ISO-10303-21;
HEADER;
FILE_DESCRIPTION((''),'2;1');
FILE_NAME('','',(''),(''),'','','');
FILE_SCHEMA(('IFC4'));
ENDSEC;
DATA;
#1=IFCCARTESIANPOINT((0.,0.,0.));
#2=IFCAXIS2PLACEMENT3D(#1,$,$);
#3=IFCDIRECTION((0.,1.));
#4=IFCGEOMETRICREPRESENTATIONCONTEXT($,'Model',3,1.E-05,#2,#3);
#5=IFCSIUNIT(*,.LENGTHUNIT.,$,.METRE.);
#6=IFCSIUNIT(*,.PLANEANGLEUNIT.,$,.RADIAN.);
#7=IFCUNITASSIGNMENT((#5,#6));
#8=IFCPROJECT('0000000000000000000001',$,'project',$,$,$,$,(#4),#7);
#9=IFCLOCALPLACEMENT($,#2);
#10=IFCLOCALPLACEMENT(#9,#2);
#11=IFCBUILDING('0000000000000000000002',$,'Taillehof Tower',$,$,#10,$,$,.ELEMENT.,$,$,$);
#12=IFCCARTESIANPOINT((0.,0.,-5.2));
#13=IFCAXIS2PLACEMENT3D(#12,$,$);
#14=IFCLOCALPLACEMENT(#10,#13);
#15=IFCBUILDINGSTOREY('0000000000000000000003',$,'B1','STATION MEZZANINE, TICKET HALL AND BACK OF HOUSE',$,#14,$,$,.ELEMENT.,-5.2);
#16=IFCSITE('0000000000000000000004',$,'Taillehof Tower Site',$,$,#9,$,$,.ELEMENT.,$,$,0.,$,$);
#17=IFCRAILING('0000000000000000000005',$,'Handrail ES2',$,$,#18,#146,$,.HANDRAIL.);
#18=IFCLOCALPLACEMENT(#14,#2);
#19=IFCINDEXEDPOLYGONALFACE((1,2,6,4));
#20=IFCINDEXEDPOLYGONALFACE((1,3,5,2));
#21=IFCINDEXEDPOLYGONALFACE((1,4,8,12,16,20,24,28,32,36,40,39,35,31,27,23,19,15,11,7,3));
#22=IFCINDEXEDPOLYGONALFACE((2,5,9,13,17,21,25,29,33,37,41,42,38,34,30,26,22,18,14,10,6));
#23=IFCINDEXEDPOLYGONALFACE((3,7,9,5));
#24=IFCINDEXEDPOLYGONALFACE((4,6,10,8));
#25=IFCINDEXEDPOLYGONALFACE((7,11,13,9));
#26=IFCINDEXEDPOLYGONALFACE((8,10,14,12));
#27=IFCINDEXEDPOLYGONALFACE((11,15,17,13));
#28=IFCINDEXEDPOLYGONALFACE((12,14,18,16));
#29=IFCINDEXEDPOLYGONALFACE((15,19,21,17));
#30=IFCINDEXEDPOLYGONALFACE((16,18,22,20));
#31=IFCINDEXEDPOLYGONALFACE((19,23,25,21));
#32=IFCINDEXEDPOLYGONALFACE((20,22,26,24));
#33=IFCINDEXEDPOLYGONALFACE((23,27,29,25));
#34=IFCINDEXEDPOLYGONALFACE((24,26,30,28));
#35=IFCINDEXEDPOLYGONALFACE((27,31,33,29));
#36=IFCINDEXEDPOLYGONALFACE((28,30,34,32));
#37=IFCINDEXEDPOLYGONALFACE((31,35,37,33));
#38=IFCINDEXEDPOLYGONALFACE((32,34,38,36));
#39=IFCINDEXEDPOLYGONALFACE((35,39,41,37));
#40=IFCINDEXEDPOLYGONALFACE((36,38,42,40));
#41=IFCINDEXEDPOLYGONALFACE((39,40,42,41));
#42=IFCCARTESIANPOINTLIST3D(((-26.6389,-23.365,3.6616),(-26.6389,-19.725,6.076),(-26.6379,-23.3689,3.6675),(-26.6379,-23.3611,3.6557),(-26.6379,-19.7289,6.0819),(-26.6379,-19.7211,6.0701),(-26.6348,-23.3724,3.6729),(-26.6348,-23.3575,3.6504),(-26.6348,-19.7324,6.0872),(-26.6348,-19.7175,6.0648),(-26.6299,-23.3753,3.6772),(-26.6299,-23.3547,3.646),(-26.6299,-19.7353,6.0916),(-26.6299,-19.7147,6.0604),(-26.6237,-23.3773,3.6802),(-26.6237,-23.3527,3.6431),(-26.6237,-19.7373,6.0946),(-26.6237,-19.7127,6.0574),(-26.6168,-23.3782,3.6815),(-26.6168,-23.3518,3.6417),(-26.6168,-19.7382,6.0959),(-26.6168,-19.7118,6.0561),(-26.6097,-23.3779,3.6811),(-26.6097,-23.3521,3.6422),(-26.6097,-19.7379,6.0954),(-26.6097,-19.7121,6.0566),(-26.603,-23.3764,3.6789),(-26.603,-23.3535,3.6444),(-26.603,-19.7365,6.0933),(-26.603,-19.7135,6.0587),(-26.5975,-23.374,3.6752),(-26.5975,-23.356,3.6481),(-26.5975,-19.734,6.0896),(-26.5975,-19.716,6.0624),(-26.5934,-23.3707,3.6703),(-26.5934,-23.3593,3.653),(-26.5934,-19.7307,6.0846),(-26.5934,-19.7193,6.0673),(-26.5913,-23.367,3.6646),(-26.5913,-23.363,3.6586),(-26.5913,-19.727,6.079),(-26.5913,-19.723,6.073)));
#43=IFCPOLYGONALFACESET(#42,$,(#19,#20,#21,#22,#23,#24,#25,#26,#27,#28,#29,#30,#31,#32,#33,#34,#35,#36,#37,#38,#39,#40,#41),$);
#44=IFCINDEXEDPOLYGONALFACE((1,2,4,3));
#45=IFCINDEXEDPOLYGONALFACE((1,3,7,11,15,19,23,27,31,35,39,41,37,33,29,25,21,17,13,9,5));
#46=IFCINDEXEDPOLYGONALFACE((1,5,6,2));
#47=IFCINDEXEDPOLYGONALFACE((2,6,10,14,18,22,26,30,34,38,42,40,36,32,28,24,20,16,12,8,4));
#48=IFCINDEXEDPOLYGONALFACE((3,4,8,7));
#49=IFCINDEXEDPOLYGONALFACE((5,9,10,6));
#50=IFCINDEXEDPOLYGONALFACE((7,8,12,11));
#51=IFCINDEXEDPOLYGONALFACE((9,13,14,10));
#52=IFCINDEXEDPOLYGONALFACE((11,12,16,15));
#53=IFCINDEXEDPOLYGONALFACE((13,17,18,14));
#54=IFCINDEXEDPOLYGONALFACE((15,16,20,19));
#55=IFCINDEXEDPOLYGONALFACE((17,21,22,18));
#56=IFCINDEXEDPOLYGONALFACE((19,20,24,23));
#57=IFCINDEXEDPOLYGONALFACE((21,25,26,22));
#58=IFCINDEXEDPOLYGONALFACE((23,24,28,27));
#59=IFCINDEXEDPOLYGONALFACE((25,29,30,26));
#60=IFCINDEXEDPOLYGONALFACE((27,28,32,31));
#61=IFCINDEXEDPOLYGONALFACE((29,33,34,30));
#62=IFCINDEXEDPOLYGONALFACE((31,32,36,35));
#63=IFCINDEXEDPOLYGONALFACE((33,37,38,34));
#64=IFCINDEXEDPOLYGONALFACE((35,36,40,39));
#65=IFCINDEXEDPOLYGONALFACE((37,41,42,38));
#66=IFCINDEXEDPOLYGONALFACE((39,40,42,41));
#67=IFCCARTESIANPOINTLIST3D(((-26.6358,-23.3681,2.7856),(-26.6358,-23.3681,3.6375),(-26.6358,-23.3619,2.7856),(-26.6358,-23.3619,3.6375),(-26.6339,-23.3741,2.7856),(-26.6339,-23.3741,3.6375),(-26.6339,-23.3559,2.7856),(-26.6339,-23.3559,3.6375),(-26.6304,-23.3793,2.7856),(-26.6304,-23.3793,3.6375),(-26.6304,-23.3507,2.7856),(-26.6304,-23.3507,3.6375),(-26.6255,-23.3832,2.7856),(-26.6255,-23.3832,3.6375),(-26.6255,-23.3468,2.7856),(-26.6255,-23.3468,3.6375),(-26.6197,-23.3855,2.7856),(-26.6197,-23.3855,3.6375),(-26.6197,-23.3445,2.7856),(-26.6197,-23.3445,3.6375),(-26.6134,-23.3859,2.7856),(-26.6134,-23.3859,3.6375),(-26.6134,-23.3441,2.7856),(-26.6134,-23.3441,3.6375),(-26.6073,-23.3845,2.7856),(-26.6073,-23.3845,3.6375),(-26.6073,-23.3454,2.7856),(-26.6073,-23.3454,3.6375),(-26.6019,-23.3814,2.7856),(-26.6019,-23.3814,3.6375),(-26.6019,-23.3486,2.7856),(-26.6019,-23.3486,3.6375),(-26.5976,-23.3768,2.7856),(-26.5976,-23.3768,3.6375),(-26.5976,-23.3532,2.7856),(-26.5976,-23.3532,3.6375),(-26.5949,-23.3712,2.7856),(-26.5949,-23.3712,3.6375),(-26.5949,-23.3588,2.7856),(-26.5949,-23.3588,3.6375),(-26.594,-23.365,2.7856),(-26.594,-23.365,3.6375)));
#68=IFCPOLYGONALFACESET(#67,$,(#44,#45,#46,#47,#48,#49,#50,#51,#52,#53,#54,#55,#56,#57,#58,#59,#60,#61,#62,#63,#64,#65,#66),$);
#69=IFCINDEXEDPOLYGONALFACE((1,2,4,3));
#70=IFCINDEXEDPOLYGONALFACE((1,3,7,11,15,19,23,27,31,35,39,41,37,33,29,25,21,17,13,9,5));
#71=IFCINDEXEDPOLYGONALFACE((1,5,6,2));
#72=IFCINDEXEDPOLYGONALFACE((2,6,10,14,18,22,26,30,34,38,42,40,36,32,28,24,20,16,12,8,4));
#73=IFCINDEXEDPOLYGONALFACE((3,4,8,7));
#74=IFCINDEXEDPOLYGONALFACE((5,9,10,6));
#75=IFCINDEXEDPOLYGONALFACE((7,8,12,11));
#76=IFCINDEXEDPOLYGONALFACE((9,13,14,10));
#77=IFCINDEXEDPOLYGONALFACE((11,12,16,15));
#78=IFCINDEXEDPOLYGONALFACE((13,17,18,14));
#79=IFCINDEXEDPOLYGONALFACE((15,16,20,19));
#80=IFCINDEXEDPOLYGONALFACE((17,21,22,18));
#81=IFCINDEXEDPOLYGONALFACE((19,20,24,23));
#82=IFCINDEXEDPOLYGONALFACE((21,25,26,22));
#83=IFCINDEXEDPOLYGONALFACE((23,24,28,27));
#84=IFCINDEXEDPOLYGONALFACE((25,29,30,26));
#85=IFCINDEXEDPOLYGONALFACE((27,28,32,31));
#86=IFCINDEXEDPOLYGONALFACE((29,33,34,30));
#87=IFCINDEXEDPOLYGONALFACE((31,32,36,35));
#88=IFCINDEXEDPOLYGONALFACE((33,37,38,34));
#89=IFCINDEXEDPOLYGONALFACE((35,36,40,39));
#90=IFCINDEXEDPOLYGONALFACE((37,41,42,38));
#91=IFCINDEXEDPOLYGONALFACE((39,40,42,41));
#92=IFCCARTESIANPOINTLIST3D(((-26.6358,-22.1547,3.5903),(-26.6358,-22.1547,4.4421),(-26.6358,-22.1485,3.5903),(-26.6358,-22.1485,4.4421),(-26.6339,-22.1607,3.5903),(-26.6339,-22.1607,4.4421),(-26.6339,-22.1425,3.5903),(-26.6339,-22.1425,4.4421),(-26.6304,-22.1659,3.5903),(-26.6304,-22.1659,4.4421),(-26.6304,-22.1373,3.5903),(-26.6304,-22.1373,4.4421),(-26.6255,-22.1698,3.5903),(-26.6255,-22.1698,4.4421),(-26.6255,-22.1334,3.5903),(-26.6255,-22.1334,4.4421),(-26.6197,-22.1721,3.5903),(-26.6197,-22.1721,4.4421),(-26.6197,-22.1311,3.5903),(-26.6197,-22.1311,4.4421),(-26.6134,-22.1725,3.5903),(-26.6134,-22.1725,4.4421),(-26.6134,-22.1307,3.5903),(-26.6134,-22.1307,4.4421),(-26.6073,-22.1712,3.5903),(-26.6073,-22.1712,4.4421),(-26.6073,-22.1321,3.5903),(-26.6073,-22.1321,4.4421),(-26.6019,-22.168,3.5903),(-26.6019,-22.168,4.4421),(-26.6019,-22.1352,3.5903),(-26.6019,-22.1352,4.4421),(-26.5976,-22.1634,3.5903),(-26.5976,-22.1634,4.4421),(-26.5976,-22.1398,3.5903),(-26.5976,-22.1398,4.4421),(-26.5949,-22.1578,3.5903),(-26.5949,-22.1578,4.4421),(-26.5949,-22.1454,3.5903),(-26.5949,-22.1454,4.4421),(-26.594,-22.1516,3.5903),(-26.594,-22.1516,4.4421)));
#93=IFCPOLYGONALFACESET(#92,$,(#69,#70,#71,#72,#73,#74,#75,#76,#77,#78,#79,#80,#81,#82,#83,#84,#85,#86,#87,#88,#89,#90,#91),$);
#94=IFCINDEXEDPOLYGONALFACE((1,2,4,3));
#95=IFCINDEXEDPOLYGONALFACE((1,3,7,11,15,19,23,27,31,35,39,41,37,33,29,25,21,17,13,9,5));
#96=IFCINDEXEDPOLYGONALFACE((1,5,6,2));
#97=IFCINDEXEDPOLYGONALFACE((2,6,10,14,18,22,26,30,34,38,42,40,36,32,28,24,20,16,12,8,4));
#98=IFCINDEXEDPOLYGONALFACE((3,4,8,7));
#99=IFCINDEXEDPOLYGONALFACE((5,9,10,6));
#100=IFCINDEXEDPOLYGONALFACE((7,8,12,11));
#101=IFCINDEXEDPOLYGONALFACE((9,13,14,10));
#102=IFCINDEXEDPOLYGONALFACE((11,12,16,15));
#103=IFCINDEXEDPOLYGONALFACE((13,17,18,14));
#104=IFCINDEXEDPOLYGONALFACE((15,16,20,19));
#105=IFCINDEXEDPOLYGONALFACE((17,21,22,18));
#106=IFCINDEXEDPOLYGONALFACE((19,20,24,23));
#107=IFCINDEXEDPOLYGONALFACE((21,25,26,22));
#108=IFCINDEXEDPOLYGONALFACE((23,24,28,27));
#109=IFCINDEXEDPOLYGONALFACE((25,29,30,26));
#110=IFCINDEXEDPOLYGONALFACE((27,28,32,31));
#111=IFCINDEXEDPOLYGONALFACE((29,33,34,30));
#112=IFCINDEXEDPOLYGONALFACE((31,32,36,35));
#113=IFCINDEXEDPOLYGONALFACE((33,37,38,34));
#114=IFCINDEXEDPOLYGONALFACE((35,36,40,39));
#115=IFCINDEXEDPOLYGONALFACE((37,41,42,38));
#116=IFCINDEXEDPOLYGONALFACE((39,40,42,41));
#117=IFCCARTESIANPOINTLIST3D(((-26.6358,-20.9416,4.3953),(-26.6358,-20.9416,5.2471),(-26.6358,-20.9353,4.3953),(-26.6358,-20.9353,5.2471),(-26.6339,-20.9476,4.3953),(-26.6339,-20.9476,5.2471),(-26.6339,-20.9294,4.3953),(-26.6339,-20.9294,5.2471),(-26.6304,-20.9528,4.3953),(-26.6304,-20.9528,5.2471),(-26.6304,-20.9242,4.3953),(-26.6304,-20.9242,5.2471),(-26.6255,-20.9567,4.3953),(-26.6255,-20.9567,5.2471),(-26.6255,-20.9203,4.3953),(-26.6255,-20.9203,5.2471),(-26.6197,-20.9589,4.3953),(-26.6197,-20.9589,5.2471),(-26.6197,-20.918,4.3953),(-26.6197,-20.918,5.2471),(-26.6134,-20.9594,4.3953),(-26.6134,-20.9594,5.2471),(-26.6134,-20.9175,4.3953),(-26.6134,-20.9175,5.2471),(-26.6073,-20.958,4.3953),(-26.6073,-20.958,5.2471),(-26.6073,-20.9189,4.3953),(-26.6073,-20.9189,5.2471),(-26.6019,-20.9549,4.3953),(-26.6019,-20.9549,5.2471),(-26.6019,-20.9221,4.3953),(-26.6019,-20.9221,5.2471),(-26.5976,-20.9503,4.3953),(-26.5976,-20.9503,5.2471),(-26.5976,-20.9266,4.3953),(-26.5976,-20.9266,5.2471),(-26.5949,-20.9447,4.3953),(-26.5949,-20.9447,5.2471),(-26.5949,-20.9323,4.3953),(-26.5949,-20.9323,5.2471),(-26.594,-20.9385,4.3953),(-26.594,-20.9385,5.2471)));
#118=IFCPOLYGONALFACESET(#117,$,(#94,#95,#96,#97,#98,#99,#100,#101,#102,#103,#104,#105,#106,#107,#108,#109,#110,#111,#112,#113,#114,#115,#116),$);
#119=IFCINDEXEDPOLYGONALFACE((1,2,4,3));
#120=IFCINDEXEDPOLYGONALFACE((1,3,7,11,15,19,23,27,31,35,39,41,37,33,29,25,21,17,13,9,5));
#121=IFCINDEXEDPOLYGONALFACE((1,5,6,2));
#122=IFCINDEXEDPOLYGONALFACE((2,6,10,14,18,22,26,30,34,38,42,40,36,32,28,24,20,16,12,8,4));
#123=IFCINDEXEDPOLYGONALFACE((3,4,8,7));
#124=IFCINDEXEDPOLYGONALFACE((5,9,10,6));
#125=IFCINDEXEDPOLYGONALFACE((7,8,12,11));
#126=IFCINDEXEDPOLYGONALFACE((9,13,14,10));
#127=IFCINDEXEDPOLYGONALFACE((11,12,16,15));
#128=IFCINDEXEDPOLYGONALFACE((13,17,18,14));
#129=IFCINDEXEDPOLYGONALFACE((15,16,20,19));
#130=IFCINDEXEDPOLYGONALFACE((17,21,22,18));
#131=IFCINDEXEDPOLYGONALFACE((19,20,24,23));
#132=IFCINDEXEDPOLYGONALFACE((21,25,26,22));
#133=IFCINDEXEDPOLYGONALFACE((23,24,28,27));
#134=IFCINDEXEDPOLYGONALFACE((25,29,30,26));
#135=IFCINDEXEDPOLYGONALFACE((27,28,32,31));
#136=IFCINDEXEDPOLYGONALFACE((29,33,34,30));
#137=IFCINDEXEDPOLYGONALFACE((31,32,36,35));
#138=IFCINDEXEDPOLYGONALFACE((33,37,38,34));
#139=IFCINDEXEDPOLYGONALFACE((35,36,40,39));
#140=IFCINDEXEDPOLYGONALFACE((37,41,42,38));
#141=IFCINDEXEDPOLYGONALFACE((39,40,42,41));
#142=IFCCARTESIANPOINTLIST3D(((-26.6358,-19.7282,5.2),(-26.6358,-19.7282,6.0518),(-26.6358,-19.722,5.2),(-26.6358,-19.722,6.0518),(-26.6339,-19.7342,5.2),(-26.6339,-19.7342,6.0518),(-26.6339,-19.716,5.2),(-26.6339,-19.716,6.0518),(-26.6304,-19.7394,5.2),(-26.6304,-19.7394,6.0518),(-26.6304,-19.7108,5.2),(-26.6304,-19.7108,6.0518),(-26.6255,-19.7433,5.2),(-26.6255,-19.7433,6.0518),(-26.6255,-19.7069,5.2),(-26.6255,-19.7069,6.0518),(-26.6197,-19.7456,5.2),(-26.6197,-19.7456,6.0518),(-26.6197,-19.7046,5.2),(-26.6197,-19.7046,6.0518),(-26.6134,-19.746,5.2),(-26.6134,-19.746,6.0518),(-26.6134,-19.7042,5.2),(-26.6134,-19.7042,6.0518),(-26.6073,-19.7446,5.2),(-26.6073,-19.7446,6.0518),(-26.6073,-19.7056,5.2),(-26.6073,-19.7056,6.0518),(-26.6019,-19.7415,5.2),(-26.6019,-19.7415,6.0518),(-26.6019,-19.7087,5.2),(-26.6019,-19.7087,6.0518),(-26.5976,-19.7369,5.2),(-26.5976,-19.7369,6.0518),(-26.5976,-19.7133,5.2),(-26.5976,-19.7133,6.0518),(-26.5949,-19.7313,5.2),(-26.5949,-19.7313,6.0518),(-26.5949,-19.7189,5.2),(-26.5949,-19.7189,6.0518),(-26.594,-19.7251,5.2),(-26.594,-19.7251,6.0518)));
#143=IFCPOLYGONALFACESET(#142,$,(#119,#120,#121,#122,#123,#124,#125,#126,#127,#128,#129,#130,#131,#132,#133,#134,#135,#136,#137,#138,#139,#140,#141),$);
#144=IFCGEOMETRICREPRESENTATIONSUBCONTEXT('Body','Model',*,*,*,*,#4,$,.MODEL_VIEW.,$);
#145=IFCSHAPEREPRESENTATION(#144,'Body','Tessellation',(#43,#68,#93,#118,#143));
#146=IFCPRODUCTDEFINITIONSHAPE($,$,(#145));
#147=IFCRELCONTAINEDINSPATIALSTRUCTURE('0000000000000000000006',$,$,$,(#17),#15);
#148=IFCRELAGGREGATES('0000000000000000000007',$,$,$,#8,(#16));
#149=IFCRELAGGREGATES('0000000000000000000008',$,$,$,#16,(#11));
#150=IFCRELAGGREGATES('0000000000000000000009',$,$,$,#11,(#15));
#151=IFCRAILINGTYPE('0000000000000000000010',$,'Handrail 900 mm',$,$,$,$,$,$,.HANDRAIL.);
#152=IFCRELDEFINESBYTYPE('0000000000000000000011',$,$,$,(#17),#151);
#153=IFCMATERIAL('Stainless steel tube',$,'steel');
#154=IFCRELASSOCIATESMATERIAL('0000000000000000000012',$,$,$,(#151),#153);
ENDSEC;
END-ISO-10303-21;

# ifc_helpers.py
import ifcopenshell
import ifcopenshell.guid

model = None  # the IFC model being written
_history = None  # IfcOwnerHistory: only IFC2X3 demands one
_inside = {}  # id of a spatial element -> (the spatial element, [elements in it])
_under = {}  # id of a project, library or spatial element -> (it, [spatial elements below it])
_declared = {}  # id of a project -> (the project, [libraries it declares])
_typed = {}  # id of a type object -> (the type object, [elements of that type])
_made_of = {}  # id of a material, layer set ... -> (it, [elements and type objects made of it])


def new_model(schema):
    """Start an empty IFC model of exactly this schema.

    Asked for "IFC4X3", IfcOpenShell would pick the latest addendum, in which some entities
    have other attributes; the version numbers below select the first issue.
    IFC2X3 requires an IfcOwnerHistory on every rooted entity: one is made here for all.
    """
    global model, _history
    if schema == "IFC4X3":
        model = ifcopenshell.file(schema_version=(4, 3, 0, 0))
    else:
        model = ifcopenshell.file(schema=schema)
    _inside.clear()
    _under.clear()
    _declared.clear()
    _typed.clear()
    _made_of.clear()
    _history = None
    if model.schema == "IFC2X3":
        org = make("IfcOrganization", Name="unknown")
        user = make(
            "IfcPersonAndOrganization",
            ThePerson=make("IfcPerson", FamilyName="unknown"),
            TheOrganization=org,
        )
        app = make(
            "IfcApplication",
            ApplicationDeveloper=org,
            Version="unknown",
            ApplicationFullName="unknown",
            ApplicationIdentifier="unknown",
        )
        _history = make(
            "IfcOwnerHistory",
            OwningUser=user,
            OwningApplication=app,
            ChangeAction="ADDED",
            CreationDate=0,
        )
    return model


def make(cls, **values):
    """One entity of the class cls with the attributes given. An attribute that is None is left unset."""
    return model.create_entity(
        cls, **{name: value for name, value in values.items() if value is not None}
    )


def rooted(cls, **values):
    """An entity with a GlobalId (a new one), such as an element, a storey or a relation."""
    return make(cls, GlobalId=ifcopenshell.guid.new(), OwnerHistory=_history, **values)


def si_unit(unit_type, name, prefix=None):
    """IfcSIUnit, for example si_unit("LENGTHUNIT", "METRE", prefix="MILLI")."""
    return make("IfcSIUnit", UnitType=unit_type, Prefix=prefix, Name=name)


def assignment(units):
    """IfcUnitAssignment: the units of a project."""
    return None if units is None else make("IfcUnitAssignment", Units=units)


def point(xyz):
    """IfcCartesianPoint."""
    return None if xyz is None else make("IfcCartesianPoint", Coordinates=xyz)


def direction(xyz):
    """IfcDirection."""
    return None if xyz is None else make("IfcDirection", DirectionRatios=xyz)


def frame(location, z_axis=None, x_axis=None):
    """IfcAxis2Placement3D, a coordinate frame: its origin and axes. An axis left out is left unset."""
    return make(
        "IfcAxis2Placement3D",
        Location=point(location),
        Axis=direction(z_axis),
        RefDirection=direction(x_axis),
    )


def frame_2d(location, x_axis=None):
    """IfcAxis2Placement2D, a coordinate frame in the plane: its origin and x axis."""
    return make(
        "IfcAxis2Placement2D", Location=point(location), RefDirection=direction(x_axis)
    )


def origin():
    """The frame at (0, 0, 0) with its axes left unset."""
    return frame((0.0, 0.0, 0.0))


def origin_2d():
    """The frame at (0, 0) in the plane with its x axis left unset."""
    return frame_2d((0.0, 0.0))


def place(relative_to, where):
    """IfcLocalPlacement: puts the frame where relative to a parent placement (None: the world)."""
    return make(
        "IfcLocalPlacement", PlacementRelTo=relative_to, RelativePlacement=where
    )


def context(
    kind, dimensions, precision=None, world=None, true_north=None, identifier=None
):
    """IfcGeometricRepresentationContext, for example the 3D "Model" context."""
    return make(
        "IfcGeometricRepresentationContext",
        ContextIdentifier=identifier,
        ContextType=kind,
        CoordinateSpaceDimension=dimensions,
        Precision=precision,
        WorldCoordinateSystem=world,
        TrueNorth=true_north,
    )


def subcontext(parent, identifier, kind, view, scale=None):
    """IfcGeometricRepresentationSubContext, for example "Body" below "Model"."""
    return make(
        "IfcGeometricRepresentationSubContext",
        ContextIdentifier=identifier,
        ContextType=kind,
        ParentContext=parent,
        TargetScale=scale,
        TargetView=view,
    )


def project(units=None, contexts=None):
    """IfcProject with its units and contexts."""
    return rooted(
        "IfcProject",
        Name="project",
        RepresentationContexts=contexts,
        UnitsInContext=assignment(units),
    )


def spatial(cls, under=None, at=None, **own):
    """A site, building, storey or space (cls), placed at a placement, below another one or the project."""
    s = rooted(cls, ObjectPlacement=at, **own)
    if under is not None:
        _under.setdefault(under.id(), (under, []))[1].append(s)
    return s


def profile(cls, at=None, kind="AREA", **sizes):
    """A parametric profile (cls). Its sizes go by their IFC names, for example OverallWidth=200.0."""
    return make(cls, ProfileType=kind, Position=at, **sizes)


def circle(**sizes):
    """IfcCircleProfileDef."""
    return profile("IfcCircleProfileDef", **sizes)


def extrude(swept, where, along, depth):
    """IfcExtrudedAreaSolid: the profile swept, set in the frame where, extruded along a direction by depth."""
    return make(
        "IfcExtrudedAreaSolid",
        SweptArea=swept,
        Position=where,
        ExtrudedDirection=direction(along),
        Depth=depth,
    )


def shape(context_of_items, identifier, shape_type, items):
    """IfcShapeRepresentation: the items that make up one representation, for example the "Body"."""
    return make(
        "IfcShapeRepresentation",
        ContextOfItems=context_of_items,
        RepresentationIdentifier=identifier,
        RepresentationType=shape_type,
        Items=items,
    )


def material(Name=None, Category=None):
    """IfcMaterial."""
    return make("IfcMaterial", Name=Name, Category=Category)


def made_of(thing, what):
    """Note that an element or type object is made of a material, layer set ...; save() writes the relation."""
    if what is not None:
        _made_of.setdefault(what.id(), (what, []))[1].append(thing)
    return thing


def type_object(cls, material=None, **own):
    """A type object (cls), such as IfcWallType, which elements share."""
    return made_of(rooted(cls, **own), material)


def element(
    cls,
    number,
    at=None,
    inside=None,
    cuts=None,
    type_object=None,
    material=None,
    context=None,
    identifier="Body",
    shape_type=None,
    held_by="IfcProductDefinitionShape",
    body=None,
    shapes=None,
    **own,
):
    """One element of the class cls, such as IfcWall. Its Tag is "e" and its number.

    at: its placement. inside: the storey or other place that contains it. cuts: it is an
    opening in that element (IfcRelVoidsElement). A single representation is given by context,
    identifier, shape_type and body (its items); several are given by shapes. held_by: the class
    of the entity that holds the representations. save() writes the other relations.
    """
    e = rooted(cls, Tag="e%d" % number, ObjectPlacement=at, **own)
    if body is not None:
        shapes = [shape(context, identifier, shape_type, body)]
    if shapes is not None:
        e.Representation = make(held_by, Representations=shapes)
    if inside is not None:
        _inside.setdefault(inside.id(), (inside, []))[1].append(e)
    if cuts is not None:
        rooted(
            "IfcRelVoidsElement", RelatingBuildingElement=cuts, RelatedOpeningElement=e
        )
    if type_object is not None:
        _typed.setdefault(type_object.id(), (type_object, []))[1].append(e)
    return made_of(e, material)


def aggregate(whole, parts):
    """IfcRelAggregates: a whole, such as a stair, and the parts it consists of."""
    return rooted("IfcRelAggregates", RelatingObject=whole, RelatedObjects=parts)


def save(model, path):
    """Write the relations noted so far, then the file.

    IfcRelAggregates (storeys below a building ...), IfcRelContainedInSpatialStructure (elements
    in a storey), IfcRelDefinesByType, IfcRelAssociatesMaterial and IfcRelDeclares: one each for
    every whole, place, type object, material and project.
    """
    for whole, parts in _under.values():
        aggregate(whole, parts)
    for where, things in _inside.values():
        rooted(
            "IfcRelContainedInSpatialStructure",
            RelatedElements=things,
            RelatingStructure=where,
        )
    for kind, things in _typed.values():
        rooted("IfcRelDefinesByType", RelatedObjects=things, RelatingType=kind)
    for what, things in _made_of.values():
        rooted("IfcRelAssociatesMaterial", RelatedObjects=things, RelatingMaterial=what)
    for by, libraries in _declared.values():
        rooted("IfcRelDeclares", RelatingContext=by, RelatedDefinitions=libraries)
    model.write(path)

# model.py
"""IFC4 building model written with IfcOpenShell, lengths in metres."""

from ifc_helpers import new_model, si_unit, direction, frame, origin, origin_2d, place, context, subcontext, project, spatial, circle, extrude, material, type_object, element, save


model = new_model("IFC4")

# Units and contexts
model_context = context("Model", 3, precision=1e-05, world=origin(), true_north=direction((0.0, 1.0)))
body_context = subcontext(model_context, "Body", "Model", "MODEL_VIEW")
ifc_project = project(units=[si_unit("LENGTHUNIT", "METRE"), si_unit("PLANEANGLEUNIT", "RADIAN")], contexts=[model_context])

# Site, building, storey
site_placement = place(None, origin())
site = spatial("IfcSite", under=ifc_project, at=site_placement, Name="Taillehof Tower Site", CompositionType="ELEMENT", RefElevation=0.0)
building_placement = place(site_placement, origin())
building = spatial("IfcBuilding", under=site, at=building_placement, Name="Taillehof Tower", CompositionType="ELEMENT")
storey_placement = place(building_placement, frame((0.0, 0.0, -5.2)))
storey = spatial("IfcBuildingStorey", under=building, at=storey_placement, Name="B1", Description="STATION MEZZANINE, TICKET HALL AND BACK OF HOUSE", CompositionType="ELEMENT", Elevation=-5.2)

# Railing
ifc_material_1 = material(Name="Stainless steel tube", Category="steel")
railing_type_1 = type_object("IfcRailingType", Name="Handrail 900 mm", PredefinedType="HANDRAIL", material=ifc_material_1)
for number, where, name in (
    (1, (-26.615, -23.365, 2.7856), "Handrail ES2"),
):
    element("IfcRailing", number, at=place(storey_placement, frame(where)), inside=storey, type_object=railing_type_1, Name=name, PredefinedType="HANDRAIL", context=body_context, shape_type="SweptSolid", body=[
        extrude(circle(Radius=0.0239, at=origin_2d()), frame((0.0, 0.0, 0.876), z_axis=(0.0, 0.833347, 0.552751), x_axis=(-1.0, 0.0, 0.0)), (0.0, 0.0, 1.0), 4.3679),
        extrude(circle(Radius=0.021, at=origin_2d()), origin(), (0.0, 0.0, 1.0), 0.8518),
        extrude(circle(Radius=0.021, at=origin_2d()), frame((0.0, 1.2134, 0.8047)), (0.0, 0.0, 1.0), 0.8518),
        extrude(circle(Radius=0.021, at=origin_2d()), frame((0.0, 2.4265, 1.6096)), (0.0, 0.0, 1.0), 0.8518),
        extrude(circle(Radius=0.021, at=origin_2d()), frame((0.0, 3.6399, 2.4143)), (0.0, 0.0, 1.0), 0.8518),
    ])

save(model, "model.ifc")
